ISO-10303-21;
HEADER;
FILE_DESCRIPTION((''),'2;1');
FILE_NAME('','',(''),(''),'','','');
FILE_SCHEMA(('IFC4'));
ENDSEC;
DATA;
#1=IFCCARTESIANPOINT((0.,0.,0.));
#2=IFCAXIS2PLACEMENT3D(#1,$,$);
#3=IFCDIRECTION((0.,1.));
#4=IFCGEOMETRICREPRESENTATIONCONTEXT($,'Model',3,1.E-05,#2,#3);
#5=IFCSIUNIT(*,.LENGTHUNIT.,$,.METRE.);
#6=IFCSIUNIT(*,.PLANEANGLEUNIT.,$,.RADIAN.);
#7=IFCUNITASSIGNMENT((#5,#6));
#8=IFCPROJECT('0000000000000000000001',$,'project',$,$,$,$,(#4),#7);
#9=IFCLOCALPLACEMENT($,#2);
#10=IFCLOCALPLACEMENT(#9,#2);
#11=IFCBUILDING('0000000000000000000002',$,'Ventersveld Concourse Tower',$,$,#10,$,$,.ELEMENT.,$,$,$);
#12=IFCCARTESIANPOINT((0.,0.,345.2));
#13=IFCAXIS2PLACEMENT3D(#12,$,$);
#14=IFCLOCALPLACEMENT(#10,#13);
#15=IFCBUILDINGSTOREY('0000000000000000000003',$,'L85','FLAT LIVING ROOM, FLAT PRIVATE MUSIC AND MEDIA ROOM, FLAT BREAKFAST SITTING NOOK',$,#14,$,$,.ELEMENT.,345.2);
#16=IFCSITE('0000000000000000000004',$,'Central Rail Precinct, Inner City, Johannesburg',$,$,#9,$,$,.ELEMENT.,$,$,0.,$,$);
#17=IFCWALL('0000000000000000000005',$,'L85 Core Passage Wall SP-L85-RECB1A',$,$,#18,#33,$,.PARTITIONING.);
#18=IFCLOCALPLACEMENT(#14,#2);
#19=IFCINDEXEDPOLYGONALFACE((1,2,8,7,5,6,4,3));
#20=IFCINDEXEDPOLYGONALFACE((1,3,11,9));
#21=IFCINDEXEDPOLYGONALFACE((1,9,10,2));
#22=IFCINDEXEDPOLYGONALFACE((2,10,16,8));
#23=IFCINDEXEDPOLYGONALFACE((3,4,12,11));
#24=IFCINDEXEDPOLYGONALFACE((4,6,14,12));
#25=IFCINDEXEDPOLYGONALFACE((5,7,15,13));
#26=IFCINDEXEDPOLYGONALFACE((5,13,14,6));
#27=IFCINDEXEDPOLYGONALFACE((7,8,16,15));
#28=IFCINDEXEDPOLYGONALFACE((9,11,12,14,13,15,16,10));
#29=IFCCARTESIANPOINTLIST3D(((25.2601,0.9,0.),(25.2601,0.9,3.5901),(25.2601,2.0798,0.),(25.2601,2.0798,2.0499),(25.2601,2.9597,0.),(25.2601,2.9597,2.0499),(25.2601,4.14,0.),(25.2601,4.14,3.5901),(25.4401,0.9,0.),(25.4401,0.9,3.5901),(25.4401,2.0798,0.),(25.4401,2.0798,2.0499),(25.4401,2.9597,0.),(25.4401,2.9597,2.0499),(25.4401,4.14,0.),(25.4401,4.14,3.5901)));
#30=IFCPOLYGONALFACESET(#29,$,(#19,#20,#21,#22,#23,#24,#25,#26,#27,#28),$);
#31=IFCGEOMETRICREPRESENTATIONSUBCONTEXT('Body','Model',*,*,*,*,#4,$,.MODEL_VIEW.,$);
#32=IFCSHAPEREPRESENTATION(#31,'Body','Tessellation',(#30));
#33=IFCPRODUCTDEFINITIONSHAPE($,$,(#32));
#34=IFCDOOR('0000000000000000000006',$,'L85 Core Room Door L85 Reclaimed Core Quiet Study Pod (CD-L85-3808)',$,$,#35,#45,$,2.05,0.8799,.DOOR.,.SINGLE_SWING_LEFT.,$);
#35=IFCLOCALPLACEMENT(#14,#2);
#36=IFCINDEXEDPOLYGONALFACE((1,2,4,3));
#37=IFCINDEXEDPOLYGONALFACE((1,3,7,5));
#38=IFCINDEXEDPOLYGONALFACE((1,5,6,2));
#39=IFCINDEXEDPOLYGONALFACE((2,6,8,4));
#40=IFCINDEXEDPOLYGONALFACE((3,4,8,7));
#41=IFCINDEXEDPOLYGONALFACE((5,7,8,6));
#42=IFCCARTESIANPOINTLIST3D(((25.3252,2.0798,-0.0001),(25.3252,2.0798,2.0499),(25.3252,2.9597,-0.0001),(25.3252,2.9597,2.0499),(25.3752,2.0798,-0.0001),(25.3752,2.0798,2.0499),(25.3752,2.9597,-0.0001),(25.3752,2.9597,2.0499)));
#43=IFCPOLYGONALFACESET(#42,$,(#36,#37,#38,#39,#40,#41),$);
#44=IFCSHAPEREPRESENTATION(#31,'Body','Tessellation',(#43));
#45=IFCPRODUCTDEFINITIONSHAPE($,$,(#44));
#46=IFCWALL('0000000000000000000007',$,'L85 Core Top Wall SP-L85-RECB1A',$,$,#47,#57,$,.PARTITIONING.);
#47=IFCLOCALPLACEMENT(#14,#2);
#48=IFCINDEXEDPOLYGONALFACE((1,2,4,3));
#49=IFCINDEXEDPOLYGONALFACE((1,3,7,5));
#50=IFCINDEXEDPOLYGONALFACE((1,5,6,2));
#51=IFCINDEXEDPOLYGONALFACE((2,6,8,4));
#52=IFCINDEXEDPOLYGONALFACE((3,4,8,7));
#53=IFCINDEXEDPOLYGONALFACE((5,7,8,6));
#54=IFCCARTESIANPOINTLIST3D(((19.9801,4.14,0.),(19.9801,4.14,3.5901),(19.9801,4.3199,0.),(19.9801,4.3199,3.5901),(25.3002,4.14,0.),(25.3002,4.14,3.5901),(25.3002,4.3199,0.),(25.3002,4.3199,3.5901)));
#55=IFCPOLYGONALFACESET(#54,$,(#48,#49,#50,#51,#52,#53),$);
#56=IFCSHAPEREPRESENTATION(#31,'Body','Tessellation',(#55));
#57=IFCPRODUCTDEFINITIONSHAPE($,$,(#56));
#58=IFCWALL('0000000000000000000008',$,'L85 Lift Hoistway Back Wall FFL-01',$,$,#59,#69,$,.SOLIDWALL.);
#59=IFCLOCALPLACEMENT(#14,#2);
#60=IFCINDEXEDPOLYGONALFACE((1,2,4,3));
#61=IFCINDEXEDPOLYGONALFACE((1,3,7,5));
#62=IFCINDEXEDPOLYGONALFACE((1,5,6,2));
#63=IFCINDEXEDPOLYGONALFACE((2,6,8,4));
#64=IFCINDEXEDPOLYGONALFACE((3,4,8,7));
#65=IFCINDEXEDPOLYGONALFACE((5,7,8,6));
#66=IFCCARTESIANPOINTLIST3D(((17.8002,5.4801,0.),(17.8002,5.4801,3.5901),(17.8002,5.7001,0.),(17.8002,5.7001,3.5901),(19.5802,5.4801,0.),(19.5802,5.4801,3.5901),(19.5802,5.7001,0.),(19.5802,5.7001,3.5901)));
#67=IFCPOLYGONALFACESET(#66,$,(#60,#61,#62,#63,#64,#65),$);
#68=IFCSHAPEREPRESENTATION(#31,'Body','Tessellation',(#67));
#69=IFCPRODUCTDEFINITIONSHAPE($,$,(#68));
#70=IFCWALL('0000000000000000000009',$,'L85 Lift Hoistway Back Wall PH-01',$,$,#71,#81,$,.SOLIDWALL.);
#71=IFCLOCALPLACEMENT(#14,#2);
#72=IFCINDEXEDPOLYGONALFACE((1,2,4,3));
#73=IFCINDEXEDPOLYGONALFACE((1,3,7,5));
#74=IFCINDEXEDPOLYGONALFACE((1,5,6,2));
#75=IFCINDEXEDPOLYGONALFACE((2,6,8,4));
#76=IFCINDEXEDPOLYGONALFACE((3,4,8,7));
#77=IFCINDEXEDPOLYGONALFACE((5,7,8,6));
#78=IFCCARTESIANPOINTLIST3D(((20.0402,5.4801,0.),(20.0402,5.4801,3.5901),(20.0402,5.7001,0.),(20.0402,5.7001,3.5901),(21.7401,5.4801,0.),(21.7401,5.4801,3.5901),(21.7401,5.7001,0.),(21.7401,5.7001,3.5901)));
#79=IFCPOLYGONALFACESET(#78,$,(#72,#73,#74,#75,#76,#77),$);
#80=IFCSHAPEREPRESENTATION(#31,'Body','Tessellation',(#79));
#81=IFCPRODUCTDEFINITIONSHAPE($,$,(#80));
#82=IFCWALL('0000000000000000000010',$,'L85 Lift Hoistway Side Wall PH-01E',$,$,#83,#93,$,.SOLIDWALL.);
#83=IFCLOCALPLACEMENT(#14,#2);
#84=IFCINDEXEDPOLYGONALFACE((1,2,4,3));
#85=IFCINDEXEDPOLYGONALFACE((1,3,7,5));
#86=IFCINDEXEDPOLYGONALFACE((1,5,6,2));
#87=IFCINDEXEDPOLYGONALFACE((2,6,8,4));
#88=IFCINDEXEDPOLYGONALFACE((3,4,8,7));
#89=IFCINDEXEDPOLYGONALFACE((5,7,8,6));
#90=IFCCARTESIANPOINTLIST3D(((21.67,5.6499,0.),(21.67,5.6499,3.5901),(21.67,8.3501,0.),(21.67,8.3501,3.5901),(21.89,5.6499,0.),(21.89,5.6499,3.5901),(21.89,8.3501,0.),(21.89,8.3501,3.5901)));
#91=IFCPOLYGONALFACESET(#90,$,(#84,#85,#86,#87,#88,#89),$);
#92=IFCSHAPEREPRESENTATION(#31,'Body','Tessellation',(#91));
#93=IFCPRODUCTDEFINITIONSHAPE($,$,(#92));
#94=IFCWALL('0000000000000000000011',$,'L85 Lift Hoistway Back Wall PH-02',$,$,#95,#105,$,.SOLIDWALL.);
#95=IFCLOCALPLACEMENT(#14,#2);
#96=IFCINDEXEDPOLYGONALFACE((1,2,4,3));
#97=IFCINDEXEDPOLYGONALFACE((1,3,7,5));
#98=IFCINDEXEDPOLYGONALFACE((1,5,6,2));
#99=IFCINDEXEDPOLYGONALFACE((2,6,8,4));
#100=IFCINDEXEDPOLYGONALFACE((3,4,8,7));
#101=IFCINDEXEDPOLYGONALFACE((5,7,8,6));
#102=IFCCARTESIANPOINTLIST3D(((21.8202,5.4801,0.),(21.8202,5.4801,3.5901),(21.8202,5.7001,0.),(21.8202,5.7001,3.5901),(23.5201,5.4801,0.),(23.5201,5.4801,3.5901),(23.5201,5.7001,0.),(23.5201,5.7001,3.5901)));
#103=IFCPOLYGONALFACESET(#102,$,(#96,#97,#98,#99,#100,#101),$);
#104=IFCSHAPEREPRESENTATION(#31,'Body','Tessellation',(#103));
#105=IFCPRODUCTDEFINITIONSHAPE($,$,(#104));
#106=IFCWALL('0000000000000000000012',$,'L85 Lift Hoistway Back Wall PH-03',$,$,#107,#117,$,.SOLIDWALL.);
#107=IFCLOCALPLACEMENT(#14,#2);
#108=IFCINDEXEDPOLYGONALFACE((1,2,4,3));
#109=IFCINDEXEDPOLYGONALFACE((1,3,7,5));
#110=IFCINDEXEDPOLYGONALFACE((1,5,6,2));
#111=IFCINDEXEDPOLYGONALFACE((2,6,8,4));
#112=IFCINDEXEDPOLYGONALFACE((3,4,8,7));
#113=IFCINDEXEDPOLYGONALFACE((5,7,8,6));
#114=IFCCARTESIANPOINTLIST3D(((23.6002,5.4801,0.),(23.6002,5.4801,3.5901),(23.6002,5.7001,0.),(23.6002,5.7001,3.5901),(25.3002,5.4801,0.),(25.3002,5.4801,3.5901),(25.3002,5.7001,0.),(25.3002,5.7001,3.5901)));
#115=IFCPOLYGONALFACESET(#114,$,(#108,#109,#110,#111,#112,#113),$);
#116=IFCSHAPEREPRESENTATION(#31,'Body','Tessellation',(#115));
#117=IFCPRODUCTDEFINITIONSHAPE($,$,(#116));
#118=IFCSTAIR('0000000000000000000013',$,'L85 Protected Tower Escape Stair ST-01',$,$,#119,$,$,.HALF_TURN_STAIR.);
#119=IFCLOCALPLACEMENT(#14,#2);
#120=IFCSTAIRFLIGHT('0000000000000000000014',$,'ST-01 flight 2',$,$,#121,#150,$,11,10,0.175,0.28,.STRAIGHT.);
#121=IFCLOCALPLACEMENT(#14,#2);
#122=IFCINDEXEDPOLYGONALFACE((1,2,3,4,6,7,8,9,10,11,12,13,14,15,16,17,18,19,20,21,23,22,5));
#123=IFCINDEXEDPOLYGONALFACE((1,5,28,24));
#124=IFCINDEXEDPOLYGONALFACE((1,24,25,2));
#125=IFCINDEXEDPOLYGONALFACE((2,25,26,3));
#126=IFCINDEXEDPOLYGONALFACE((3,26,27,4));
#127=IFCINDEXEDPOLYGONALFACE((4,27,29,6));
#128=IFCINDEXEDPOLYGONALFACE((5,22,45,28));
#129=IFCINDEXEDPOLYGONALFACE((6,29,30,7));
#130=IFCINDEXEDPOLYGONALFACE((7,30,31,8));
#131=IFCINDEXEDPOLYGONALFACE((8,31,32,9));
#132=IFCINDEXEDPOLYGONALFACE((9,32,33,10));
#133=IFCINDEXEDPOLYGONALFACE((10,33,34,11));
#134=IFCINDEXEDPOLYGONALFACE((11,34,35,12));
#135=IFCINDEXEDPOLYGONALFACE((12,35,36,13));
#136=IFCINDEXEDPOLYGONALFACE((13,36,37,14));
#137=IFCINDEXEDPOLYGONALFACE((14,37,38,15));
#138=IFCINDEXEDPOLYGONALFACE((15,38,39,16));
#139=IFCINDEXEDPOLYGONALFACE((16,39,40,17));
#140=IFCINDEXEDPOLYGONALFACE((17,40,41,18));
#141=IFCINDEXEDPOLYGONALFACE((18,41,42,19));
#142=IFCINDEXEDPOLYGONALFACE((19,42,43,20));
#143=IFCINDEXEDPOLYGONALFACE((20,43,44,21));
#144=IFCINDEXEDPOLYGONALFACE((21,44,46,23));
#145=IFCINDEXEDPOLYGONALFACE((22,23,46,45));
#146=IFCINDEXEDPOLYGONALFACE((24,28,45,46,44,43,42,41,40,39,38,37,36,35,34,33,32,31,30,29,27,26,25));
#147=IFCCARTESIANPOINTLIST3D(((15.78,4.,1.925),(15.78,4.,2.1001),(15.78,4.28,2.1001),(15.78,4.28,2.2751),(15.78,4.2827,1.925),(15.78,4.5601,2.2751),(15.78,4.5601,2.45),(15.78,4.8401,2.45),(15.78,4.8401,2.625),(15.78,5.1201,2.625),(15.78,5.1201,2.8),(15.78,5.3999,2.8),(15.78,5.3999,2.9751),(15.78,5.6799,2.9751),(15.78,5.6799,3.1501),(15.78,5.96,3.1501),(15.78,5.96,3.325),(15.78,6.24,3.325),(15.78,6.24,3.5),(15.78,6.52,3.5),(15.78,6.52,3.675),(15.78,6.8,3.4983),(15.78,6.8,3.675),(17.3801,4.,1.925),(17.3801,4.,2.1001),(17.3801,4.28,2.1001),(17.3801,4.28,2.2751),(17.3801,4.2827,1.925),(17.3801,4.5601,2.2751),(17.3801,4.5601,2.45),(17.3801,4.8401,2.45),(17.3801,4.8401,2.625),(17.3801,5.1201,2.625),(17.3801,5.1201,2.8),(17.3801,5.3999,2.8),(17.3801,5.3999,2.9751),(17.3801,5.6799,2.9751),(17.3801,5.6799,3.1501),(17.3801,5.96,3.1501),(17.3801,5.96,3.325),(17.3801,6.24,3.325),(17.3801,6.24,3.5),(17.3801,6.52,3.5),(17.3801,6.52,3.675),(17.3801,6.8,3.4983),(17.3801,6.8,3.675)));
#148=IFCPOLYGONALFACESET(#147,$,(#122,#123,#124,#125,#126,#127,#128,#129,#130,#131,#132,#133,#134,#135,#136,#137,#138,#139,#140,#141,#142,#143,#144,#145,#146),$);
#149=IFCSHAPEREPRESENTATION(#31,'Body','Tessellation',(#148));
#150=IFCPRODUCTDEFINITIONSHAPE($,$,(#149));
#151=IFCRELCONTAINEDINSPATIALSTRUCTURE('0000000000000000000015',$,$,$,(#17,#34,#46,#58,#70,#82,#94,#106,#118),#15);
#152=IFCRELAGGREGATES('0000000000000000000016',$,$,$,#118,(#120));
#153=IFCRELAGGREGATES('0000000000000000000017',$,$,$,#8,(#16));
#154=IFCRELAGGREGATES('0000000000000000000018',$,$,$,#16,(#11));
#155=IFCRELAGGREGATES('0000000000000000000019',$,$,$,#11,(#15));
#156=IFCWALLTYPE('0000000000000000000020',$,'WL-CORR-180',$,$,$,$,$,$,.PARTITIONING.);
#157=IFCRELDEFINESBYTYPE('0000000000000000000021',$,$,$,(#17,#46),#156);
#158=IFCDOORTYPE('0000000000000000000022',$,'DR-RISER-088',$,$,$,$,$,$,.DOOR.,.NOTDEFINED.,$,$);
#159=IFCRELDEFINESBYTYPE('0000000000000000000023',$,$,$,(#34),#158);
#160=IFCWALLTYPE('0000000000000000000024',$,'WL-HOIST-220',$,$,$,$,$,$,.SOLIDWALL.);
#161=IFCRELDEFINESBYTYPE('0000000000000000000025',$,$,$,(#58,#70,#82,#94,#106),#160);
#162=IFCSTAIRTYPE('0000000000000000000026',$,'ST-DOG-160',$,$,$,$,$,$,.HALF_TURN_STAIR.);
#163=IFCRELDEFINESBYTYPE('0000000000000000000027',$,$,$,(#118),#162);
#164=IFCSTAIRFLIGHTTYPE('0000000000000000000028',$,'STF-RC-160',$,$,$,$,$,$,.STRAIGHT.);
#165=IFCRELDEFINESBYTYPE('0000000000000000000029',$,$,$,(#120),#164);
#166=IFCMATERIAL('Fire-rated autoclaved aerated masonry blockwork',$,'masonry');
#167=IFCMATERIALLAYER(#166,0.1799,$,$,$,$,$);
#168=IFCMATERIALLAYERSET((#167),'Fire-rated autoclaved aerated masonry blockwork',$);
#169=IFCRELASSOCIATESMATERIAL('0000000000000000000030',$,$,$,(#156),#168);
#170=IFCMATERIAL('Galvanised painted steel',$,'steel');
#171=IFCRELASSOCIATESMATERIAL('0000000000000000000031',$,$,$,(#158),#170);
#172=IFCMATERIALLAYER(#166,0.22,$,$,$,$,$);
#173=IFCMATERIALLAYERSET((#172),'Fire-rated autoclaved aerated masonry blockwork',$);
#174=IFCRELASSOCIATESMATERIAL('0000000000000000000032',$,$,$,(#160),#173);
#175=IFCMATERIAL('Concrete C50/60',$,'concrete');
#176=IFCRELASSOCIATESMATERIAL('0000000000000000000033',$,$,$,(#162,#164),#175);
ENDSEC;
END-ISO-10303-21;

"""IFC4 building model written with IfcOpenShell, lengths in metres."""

from ifc_helpers import new_model, si_unit, direction, frame, frame_2d, origin, place, context, subcontext, project, spatial, polyline, rectangle, outline, extrude, material, layer, layer_set, type_object, element, fill, aggregate, save


model = new_model("IFC4")

# Units and contexts
model_context = context("Model", 3, precision=1e-05, world=origin(), true_north=direction((0.0, 1.0)))
body_context = subcontext(model_context, "Body", "Model", "MODEL_VIEW")
ifc_project = project(units=[si_unit("LENGTHUNIT", "METRE"), si_unit("PLANEANGLEUNIT", "RADIAN")], contexts=[model_context])

# Site, building, storey
site_placement = place(None, origin())
site = spatial("IfcSite", under=ifc_project, at=site_placement, Name="Central Rail Precinct, Inner City, Johannesburg", CompositionType="ELEMENT", RefElevation=0.0)
building_placement = place(site_placement, origin())
building = spatial("IfcBuilding", under=site, at=building_placement, Name="Ventersveld Concourse Tower", CompositionType="ELEMENT")
storey_placement = place(building_placement, frame((0.0, 0.0, 345.2)))
storey = spatial("IfcBuildingStorey", under=building, at=storey_placement, Name="L85", Description="FLAT LIVING ROOM, FLAT PRIVATE MUSIC AND MEDIA ROOM, FLAT BREAKFAST SITTING NOOK", CompositionType="ELEMENT", Elevation=345.2)

# Shared definitions
ifc_material_1 = material(Name="Concrete C50/60", Category="concrete")

# Wall, opening, door
ifc_material_2 = material(Name="Fire-rated autoclaved aerated masonry blockwork", Category="masonry")
ifc_layer_1 = layer(ifc_material_2, 0.1799)
ifc_layer_set_1 = layer_set([ifc_layer_1], Name="Fire-rated autoclaved aerated masonry blockwork")
wall_type_1 = type_object("IfcWallType", Name="WL-CORR-180", PredefinedType="PARTITIONING", material=ifc_layer_set_1)
wall_1_placement = place(storey_placement, frame((25.3501, 0.8999, 0.0), z_axis=(0.0, 0.0, 1.0), x_axis=(0.0, 1.0, 0.0)))
wall_1 = element("IfcWall", 1, at=wall_1_placement, inside=storey, type_object=wall_type_1, Name="L85 Core Passage Wall SP-L85-RECB1A", PredefinedType="PARTITIONING", context=body_context, shape_type="SweptSolid", body=[
    extrude(rectangle(XDim=3.24, YDim=0.1799, at=frame_2d((1.6201, 0.0))), origin(), (0.0, 0.0, 1.0), 3.5901),
])
opening_placement = place(wall_1_placement, frame((1.1799, 0.0, 0.0)))
opening = element("IfcOpeningElement", 2, at=opening_placement, cuts=wall_1, PredefinedType="OPENING", context=body_context, shape_type="SweptSolid", body=[
    extrude(rectangle(XDim=0.8799, YDim=2.05, at=frame_2d((0.4399, 1.0249))), frame((0.0, 0.1001, 0.0), z_axis=(0.0, -1.0, 0.0), x_axis=(1.0, 0.0, 0.0)), (0.0, 0.0, 1.0), 0.2),
])
ifc_material_3 = material(Name="Galvanised painted steel", Category="steel")
door_type = type_object("IfcDoorType", Name="DR-RISER-088", OperationType="NOTDEFINED", PredefinedType="DOOR", material=ifc_material_3)
door_placement = place(opening_placement, origin())
door = element("IfcDoor", 3, at=door_placement, inside=storey, type_object=door_type, Name="L85 Core Room Door L85 Reclaimed Core Quiet Study Pod (CD-L85-3808)", OperationType="SINGLE_SWING_LEFT", OverallHeight=2.05, OverallWidth=0.8799, PredefinedType="DOOR", context=body_context, shape_type="SweptSolid", body=[
    extrude(rectangle(XDim=0.8799, YDim=2.05, at=frame_2d((0.4399, 1.0249))), frame((0.0, 0.0249, 0.0), z_axis=(0.0, -1.0, 0.0), x_axis=(1.0, 0.0, 0.0)), (0.0, 0.0, 1.0), 0.05),
])
fill(opening, door)

# Walls
wall_2_placement = place(storey_placement, frame((19.98, 4.23, 0.0), z_axis=(0.0, 0.0, 1.0), x_axis=(1.0, 0.0, 0.0)))
element("IfcWall", 4, at=wall_2_placement, inside=storey, type_object=wall_type_1, Name="L85 Core Top Wall SP-L85-RECB1A", PredefinedType="PARTITIONING", context=body_context, shape_type="SweptSolid", body=[
    extrude(rectangle(XDim=5.3201, YDim=0.1799, at=frame_2d((2.6602, 0.0))), origin(), (0.0, 0.0, 1.0), 3.5901),
])
ifc_layer_2 = layer(ifc_material_2, 0.22)
ifc_layer_set_2 = layer_set([ifc_layer_2], Name="Fire-rated autoclaved aerated masonry blockwork")
wall_type_2 = type_object("IfcWallType", Name="WL-HOIST-220", PredefinedType="SOLIDWALL", material=ifc_layer_set_2)
wall_3_placement = place(storey_placement, frame((17.8, 5.5901, 0.0), z_axis=(0.0, 0.0, 1.0), x_axis=(1.0, 0.0, 0.0)))
element("IfcWall", 5, at=wall_3_placement, inside=storey, type_object=wall_type_2, Name="L85 Lift Hoistway Back Wall FFL-01", PredefinedType="SOLIDWALL", context=body_context, shape_type="SweptSolid", body=[
    extrude(rectangle(XDim=1.78, YDim=0.22, at=frame_2d((0.8901, 0.0))), origin(), (0.0, 0.0, 1.0), 3.5901),
])
wall_4_placement = place(storey_placement, frame((20.04, 5.5901, 0.0), z_axis=(0.0, 0.0, 1.0), x_axis=(1.0, 0.0, 0.0)))
element("IfcWall", 6, at=wall_4_placement, inside=storey, type_object=wall_type_2, Name="L85 Lift Hoistway Back Wall PH-01", PredefinedType="SOLIDWALL", context=body_context, shape_type="SweptSolid", body=[
    extrude(rectangle(XDim=1.7, YDim=0.22, at=frame_2d((0.8501, 0.0))), origin(), (0.0, 0.0, 1.0), 3.5901),
])
wall_5_placement = place(storey_placement, frame((21.78, 5.6499, 0.0), z_axis=(0.0, 0.0, 1.0), x_axis=(0.0, 1.0, 0.0)))
element("IfcWall", 7, at=wall_5_placement, inside=storey, type_object=wall_type_2, Name="L85 Lift Hoistway Side Wall PH-01E", PredefinedType="SOLIDWALL", context=body_context, shape_type="SweptSolid", body=[
    extrude(rectangle(XDim=2.7002, YDim=0.22, at=frame_2d((1.3501, 0.0))), origin(), (0.0, 0.0, 1.0), 3.5901),
])
for number, where, z_axis, x_axis, name in (
    (8, (21.8201, 5.5901, 0.0), (0.0, 0.0, 1.0), (1.0, 0.0, 0.0), "L85 Lift Hoistway Back Wall PH-02"),
    (9, (23.6001, 5.5901, 0.0), (0.0, 0.0, 1.0), (1.0, 0.0, 0.0), "L85 Lift Hoistway Back Wall PH-03"),
):
    element("IfcWall", number, at=place(storey_placement, frame(where, z_axis=z_axis, x_axis=x_axis)), inside=storey, type_object=wall_type_2, Name=name, PredefinedType="SOLIDWALL", context=body_context, shape_type="SweptSolid", body=[
        extrude(rectangle(XDim=1.7, YDim=0.22, at=frame_2d((0.8501, 0.0))), origin(), (0.0, 0.0, 1.0), 3.5901),
    ])

# Stair, stair flight
stair_type = type_object("IfcStairType", Name="ST-DOG-160", PredefinedType="HALF_TURN_STAIR", material=ifc_material_1)
stair_placement = place(storey_placement, origin())
stair = element("IfcStair", 10, at=stair_placement, inside=storey, type_object=stair_type, Name="L85 Protected Tower Escape Stair ST-01", PredefinedType="HALF_TURN_STAIR")
stair_flight_type = type_object("IfcStairFlightType", Name="STF-RC-160", PredefinedType="STRAIGHT", material=ifc_material_1)
stair_flight_placement = place(storey_placement, frame((16.5801, 4.0, 1.925), z_axis=(0.0, 0.0, 1.0), x_axis=(0.0, 1.0, 0.0)))
stair_flight = element("IfcStairFlight", 11, at=stair_flight_placement, type_object=stair_flight_type, Name="ST-01 flight 2", NumberOfRisers=11, NumberOfTreads=10, PredefinedType="STRAIGHT", RiserHeight=0.175, TreadLength=0.28, context=body_context, shape_type="SweptSolid", body=[
    extrude(outline(polyline([(0.0, 0.0), (0.0, 0.175), (0.28, 0.175), (0.28, 0.3501), (0.5601, 0.3501), (0.5601, 0.5249), (0.8401, 0.5249), (0.8401, 0.7), (1.1201, 0.7), (1.1201, 0.875), (1.3999, 0.875), (1.3999, 1.05), (1.6799, 1.05), (1.6799, 1.2251), (1.96, 1.2251), (1.96, 1.3999), (2.24, 1.3999), (2.24, 1.575), (2.52, 1.575), (2.52, 1.75), (2.8, 1.75), (2.8, 1.925), (2.8, 1.5732), (0.2827, 0.0), (0.0, 0.0)])), frame((0.0, 0.8, 0.0), z_axis=(0.0, -1.0, 0.0), x_axis=(1.0, 0.0, 0.0)), (0.0, 0.0, 1.0), 1.6001),
])
aggregate(stair, [stair_flight])

save(model, "model.ifc")
